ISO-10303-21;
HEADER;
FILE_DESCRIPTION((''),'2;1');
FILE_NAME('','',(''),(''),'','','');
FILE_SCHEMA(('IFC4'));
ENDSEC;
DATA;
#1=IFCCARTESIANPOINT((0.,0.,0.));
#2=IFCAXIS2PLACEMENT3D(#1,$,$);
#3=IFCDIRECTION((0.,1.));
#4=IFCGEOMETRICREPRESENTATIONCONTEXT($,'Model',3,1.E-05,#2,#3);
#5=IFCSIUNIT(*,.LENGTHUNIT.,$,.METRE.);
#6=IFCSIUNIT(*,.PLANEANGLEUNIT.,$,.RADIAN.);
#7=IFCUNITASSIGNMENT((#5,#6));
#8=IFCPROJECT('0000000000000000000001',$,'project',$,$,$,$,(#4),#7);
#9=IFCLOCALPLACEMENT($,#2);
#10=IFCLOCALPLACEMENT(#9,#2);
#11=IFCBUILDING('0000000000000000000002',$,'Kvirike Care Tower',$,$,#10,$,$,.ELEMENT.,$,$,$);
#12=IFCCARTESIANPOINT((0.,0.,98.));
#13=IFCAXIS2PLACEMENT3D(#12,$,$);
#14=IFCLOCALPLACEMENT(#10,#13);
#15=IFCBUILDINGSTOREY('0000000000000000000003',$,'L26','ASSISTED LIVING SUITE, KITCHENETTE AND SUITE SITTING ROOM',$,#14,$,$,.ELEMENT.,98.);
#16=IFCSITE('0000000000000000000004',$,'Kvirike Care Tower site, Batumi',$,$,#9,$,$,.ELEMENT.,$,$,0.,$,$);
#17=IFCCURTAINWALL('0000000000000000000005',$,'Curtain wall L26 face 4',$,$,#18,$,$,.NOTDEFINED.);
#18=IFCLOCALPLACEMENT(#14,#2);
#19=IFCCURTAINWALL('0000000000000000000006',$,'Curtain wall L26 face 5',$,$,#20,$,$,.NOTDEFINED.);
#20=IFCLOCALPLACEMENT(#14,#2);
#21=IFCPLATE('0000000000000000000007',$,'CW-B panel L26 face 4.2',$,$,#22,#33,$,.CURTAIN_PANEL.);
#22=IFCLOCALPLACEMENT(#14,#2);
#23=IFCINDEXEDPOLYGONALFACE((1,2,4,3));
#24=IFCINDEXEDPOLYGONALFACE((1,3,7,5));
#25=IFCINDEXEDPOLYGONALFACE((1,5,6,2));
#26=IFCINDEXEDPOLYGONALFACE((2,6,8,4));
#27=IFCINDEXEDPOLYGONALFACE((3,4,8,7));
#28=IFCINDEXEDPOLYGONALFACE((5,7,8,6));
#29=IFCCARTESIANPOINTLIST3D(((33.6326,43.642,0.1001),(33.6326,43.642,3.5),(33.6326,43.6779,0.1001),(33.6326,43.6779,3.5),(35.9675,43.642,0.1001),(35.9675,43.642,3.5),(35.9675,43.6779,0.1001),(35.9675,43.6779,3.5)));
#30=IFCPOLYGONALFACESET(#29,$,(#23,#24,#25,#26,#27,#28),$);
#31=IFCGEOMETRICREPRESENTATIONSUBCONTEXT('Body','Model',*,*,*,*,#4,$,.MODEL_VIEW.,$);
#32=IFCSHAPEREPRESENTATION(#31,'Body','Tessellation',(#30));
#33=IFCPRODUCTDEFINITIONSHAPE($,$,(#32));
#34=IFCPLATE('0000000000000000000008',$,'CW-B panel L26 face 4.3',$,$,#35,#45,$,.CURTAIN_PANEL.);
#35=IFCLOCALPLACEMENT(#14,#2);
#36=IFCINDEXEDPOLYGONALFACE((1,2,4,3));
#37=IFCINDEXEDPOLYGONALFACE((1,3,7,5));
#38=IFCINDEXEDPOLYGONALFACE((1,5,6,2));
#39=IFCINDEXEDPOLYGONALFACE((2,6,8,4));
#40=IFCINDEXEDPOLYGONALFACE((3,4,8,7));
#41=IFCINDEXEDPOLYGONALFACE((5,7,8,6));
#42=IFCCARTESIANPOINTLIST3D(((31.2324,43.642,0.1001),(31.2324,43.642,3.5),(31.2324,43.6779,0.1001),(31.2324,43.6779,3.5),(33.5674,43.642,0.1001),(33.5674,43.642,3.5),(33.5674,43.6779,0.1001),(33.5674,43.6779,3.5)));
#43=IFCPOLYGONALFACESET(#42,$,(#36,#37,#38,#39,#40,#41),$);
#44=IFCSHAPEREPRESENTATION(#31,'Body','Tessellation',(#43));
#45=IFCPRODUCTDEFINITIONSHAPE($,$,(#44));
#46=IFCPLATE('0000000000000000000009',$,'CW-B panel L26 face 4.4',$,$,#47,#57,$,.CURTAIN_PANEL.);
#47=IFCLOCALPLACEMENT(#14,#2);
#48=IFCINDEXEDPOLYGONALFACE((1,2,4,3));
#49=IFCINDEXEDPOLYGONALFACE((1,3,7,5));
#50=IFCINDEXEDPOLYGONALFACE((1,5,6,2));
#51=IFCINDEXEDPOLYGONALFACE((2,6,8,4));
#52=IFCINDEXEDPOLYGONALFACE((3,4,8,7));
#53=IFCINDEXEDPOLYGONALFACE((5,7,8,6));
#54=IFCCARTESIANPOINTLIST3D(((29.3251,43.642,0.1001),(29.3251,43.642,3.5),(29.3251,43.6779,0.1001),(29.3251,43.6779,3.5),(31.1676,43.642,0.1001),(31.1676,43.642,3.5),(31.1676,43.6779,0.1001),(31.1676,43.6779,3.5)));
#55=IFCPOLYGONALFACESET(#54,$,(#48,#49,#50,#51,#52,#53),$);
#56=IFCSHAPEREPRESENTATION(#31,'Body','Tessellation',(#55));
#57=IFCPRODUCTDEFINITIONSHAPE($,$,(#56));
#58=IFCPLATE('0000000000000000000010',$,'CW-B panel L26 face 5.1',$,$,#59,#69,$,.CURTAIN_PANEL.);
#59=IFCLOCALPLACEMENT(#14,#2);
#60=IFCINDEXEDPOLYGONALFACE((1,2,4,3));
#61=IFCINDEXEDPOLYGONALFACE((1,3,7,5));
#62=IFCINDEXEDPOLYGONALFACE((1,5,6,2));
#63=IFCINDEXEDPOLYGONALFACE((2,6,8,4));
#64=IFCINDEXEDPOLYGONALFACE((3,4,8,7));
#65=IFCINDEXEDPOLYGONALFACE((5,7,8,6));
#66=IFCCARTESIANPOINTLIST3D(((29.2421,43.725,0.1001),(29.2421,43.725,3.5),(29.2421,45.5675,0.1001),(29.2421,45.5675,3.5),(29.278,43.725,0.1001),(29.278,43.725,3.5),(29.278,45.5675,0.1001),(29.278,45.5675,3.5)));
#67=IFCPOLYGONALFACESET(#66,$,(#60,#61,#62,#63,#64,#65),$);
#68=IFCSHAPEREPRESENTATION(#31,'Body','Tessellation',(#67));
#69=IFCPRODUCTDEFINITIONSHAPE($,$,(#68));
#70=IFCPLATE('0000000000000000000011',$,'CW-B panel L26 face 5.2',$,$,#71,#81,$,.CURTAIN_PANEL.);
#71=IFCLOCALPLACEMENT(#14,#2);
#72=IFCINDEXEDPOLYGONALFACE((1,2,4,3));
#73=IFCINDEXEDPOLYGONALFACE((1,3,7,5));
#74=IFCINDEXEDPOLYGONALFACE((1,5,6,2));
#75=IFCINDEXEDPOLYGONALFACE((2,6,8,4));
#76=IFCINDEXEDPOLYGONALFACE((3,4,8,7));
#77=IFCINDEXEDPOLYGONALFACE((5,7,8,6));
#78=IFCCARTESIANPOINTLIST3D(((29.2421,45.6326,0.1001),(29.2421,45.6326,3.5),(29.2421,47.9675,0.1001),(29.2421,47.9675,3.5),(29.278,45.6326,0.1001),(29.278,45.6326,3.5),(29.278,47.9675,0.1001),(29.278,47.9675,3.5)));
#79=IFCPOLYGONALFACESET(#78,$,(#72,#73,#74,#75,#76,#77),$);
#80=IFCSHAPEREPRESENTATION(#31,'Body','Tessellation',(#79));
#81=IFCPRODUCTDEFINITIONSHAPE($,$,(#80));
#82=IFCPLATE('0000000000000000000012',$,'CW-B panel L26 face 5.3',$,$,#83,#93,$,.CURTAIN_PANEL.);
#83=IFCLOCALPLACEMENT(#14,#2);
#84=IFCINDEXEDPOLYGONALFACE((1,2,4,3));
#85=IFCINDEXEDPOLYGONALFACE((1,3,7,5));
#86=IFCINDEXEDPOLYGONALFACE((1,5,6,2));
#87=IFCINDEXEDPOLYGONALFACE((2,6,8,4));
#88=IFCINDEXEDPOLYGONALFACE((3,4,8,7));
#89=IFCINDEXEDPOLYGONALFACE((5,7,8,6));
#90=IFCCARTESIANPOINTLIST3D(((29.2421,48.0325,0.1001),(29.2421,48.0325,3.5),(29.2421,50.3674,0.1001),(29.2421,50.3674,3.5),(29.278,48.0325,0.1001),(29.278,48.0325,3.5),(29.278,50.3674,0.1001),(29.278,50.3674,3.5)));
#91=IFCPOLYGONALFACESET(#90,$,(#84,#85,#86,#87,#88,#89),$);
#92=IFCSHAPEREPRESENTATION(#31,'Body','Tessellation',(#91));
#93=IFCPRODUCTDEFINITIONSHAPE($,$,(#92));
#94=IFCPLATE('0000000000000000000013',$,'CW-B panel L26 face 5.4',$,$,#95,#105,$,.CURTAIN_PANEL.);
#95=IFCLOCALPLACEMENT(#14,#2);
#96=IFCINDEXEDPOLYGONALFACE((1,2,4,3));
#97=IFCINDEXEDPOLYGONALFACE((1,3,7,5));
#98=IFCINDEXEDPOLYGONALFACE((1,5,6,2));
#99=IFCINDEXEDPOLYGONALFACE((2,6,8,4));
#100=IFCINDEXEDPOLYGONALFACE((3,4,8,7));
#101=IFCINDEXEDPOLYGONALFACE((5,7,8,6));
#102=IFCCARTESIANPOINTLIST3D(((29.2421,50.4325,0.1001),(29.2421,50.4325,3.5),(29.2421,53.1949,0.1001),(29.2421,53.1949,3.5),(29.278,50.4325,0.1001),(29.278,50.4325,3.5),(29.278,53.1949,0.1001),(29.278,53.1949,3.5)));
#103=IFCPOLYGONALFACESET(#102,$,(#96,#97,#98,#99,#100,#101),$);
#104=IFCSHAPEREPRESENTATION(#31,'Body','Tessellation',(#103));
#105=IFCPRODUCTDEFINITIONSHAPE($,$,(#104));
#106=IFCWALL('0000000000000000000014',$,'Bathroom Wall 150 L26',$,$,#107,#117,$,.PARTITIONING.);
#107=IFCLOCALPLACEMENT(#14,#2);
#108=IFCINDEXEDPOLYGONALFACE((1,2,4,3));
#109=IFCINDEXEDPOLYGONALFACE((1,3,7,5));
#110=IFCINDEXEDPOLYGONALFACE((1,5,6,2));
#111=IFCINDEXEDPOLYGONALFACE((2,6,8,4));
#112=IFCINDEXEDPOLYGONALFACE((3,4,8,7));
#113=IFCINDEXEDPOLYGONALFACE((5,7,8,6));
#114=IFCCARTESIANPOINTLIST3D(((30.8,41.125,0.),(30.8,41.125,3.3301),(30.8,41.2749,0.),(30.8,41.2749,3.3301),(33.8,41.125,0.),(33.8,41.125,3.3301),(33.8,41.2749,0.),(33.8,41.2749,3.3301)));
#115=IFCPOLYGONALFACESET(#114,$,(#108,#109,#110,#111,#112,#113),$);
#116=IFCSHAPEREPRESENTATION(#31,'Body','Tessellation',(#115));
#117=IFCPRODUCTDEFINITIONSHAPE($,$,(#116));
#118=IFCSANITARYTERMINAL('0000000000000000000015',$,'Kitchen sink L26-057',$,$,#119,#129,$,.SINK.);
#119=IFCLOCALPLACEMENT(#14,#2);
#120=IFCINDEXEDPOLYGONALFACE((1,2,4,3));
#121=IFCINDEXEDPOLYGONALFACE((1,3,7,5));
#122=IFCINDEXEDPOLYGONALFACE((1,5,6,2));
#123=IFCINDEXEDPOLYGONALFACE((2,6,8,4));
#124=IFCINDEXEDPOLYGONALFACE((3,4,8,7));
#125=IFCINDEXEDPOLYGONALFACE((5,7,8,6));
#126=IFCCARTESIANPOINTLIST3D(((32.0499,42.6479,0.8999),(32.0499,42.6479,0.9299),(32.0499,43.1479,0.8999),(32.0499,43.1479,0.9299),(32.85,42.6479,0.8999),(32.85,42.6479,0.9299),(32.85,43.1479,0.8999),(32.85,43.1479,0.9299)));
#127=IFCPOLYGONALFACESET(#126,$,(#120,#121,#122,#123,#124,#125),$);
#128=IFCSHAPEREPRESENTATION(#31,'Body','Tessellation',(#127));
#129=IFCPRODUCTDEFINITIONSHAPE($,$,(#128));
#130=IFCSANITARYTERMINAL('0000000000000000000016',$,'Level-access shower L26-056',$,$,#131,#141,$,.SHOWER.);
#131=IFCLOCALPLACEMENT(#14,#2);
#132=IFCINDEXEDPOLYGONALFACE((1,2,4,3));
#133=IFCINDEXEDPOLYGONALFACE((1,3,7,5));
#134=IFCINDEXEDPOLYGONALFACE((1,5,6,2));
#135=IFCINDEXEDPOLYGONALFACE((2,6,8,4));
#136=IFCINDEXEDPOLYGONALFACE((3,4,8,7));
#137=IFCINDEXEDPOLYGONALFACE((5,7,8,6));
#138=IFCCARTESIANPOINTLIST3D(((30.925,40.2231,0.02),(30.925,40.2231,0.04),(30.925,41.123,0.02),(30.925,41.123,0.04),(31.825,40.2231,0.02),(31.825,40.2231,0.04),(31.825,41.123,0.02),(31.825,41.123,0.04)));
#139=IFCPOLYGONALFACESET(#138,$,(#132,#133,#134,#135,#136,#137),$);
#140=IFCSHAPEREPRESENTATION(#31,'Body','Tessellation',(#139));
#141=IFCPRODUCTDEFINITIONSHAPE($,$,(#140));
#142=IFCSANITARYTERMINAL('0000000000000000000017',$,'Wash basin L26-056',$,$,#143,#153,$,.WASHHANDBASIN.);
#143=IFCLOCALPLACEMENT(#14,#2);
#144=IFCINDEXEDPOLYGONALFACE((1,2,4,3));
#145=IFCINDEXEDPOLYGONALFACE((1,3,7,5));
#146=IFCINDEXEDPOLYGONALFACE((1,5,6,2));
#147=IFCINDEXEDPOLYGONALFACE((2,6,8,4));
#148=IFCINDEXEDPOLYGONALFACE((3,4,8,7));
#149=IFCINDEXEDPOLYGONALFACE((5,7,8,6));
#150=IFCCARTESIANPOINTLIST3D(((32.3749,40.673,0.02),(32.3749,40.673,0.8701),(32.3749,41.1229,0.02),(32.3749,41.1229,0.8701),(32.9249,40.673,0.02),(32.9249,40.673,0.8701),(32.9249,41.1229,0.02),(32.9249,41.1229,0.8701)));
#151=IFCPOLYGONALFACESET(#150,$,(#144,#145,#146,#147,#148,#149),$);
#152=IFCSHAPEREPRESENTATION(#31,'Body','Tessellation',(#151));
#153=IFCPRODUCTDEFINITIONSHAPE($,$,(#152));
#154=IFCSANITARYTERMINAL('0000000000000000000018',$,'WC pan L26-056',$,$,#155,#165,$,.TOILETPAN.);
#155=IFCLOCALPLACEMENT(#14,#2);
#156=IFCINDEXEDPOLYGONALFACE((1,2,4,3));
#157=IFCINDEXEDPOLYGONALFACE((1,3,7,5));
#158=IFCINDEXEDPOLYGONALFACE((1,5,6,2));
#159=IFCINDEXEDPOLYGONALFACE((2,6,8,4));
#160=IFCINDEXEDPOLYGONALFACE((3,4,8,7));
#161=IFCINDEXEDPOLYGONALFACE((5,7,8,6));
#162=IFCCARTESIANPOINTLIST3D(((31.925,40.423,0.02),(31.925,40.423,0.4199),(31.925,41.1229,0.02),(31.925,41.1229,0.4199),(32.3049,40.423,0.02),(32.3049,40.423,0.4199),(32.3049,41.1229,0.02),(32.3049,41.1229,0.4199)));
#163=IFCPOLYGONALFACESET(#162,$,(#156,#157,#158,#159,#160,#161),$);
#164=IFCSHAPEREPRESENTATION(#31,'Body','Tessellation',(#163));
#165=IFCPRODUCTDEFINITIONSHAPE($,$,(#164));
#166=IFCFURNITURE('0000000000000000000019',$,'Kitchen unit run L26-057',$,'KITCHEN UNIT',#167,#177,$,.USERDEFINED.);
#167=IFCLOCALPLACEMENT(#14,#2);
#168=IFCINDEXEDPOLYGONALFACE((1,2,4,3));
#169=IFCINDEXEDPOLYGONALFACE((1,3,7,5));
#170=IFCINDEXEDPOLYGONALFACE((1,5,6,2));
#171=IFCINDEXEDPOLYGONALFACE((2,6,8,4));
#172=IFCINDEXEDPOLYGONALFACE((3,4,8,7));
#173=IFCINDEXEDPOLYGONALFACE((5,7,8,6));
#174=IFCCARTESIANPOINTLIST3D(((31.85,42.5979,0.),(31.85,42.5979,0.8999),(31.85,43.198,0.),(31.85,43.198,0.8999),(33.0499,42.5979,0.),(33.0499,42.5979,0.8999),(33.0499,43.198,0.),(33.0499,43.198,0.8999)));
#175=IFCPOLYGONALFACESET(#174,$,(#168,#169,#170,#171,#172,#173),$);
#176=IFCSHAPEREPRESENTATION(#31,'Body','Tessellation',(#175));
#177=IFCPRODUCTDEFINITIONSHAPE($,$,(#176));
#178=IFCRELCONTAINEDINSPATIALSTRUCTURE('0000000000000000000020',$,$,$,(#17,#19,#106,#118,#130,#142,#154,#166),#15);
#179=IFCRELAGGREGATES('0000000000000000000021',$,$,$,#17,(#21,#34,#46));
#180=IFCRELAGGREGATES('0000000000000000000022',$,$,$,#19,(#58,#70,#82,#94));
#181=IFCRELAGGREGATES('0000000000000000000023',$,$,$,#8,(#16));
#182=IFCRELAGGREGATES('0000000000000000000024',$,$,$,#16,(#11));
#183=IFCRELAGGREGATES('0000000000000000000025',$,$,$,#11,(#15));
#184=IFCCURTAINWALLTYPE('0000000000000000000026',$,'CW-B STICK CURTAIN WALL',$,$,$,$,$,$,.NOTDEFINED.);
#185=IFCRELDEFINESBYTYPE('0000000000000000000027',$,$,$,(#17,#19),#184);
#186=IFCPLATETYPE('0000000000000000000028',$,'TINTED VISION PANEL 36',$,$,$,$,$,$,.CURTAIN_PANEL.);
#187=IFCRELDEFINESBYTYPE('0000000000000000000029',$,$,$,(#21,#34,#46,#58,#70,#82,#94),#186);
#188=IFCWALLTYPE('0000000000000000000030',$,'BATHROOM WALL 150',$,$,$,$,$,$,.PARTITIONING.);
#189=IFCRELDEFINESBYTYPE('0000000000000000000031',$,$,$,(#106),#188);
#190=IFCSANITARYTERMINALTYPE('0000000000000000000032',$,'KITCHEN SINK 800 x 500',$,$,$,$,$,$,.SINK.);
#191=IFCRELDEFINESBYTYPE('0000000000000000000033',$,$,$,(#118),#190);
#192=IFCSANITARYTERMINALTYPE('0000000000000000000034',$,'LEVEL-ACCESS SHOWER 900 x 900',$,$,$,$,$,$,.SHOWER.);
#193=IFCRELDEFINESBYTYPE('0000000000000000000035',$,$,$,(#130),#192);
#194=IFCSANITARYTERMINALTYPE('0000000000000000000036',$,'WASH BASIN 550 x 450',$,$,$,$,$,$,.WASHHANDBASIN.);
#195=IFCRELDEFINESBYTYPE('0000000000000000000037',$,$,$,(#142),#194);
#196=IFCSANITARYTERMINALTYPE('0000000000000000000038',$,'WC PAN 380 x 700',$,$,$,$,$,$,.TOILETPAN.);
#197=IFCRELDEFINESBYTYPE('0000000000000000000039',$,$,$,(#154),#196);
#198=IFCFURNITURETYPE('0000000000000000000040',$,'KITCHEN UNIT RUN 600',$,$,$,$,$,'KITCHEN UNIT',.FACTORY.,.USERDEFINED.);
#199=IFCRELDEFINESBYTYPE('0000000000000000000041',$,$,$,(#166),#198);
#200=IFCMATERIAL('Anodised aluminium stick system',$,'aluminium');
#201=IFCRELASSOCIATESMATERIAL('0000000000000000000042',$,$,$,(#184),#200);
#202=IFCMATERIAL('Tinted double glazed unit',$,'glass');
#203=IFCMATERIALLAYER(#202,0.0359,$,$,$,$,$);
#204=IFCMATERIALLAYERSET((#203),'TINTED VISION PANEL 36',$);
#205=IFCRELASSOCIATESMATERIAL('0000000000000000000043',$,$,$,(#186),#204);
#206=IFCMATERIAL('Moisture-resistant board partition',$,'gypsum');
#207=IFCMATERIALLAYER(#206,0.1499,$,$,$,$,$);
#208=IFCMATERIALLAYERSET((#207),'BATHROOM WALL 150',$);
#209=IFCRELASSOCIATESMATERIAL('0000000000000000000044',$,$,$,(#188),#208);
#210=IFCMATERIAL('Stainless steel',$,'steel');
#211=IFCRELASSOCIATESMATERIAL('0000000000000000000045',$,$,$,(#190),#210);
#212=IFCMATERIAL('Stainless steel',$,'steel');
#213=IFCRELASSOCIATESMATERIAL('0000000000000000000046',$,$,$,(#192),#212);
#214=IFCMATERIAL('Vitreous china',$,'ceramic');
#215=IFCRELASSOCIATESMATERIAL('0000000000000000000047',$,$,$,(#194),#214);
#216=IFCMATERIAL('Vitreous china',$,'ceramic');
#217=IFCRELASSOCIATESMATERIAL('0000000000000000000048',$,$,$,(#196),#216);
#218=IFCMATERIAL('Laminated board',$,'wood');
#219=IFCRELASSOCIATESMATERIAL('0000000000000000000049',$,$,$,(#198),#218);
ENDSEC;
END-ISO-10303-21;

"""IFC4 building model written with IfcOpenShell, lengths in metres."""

from ifc_helpers import new_model, si_unit, direction, frame, frame_2d, origin, origin_2d, place, context, subcontext, project, spatial, rectangle, extrude, material, layer, layer_set, type_object, element, aggregate, save


model = new_model("IFC4")

# Units and contexts
model_context = context("Model", 3, precision=1e-05, world=origin(), true_north=direction((0.0, 1.0)))
body_context = subcontext(model_context, "Body", "Model", "MODEL_VIEW")
ifc_project = project(units=[si_unit("LENGTHUNIT", "METRE"), si_unit("PLANEANGLEUNIT", "RADIAN")], contexts=[model_context])

# Site, building, storey
site_placement = place(None, origin())
site = spatial("IfcSite", under=ifc_project, at=site_placement, Name="Kvirike Care Tower site, Batumi", CompositionType="ELEMENT", RefElevation=0.0)
building_placement = place(site_placement, origin())
building = spatial("IfcBuilding", under=site, at=building_placement, Name="Kvirike Care Tower", CompositionType="ELEMENT")
storey_placement = place(building_placement, frame((0.0, 0.0, 98.0)))
storey = spatial("IfcBuildingStorey", under=building, at=storey_placement, Name="L26", Description="ASSISTED LIVING SUITE, KITCHENETTE AND SUITE SITTING ROOM", CompositionType="ELEMENT", Elevation=98.0)

# Curtain walls
ifc_material_1 = material(Name="Anodised aluminium stick system", Category="aluminium")
curtain_wall_type = type_object("IfcCurtainWallType", Name="CW-B STICK CURTAIN WALL", PredefinedType="NOTDEFINED", material=ifc_material_1)
curtain_wall_1_placement = place(storey_placement, origin())
curtain_wall_1 = element("IfcCurtainWall", 1, at=curtain_wall_1_placement, inside=storey, type_object=curtain_wall_type, Name="Curtain wall L26 face 4", PredefinedType="NOTDEFINED")
curtain_wall_2_placement = place(storey_placement, origin())
curtain_wall_2 = element("IfcCurtainWall", 2, at=curtain_wall_2_placement, inside=storey, type_object=curtain_wall_type, Name="Curtain wall L26 face 5", PredefinedType="NOTDEFINED")

# Plates
ifc_material_2 = material(Name="Tinted double glazed unit", Category="glass")
ifc_layer_1 = layer(ifc_material_2, 0.0359)
ifc_layer_set_1 = layer_set([ifc_layer_1], Name="TINTED VISION PANEL 36")
plate_type = type_object("IfcPlateType", Name="TINTED VISION PANEL 36", PredefinedType="CURTAIN_PANEL", material=ifc_layer_set_1)
plate_1_placement = place(storey_placement, frame((34.8, 43.6599, 0.1001), z_axis=(0.0, 0.0, 1.0), x_axis=(-1.0, 0.0, 0.0)))
plate_1 = element("IfcPlate", 3, at=plate_1_placement, type_object=plate_type, Name="CW-B panel L26 face 4.2", PredefinedType="CURTAIN_PANEL", context=body_context, shape_type="SweptSolid", body=[
    extrude(rectangle(XDim=2.335, YDim=0.0359, at=origin_2d()), origin(), (0.0, 0.0, 1.0), 3.3999),
])
plate_2_placement = place(storey_placement, frame((32.3999, 43.6599, 0.1001), z_axis=(0.0, 0.0, 1.0), x_axis=(-1.0, 0.0, 0.0)))
plate_2 = element("IfcPlate", 4, at=plate_2_placement, type_object=plate_type, Name="CW-B panel L26 face 4.3", PredefinedType="CURTAIN_PANEL", context=body_context, shape_type="SweptSolid", body=[
    extrude(rectangle(XDim=2.335, YDim=0.0359, at=origin_2d()), origin(), (0.0, 0.0, 1.0), 3.3999),
])
plate_3_placement = place(storey_placement, frame((30.2463, 43.6599, 0.1001), z_axis=(0.0, 0.0, 1.0), x_axis=(-1.0, 0.0, 0.0)))
plate_3 = element("IfcPlate", 5, at=plate_3_placement, type_object=plate_type, Name="CW-B panel L26 face 4.4", PredefinedType="CURTAIN_PANEL", context=body_context, shape_type="SweptSolid", body=[
    extrude(rectangle(XDim=1.8425, YDim=0.0359, at=origin_2d()), origin(), (0.0, 0.0, 1.0), 3.3999),
])
aggregate(curtain_wall_1, [plate_1, plate_2, plate_3])
plate_4_placement = place(storey_placement, frame((29.26, 44.6462, 0.1001), z_axis=(0.0, 0.0, 1.0), x_axis=(0.0, 1.0, 0.0)))
plate_4 = element("IfcPlate", 6, at=plate_4_placement, type_object=plate_type, Name="CW-B panel L26 face 5.1", PredefinedType="CURTAIN_PANEL", context=body_context, shape_type="SweptSolid", body=[
    extrude(rectangle(XDim=1.8425, YDim=0.0359, at=origin_2d()), origin(), (0.0, 0.0, 1.0), 3.3999),
])
plate_5_placement = place(storey_placement, frame((29.26, 46.8, 0.1001), z_axis=(0.0, 0.0, 1.0), x_axis=(0.0, 1.0, 0.0)))
plate_5 = element("IfcPlate", 7, at=plate_5_placement, type_object=plate_type, Name="CW-B panel L26 face 5.2", PredefinedType="CURTAIN_PANEL", context=body_context, shape_type="SweptSolid", body=[
    extrude(rectangle(XDim=2.335, YDim=0.0359, at=origin_2d()), origin(), (0.0, 0.0, 1.0), 3.3999),
])
plate_6_placement = place(storey_placement, frame((29.26, 49.2, 0.1001), z_axis=(0.0, 0.0, 1.0), x_axis=(0.0, 1.0, 0.0)))
plate_6 = element("IfcPlate", 8, at=plate_6_placement, type_object=plate_type, Name="CW-B panel L26 face 5.3", PredefinedType="CURTAIN_PANEL", context=body_context, shape_type="SweptSolid", body=[
    extrude(rectangle(XDim=2.335, YDim=0.0359, at=origin_2d()), origin(), (0.0, 0.0, 1.0), 3.3999),
])
plate_7_placement = place(storey_placement, frame((29.26, 51.8137, 0.1001), z_axis=(0.0, 0.0, 1.0), x_axis=(0.0, 1.0, 0.0)))
plate_7 = element("IfcPlate", 9, at=plate_7_placement, type_object=plate_type, Name="CW-B panel L26 face 5.4", PredefinedType="CURTAIN_PANEL", context=body_context, shape_type="SweptSolid", body=[
    extrude(rectangle(XDim=2.7625, YDim=0.0359, at=origin_2d()), origin(), (0.0, 0.0, 1.0), 3.3999),
])
aggregate(curtain_wall_2, [plate_4, plate_5, plate_6, plate_7])

# Wall
ifc_material_3 = material(Name="Moisture-resistant board partition", Category="gypsum")
ifc_layer_2 = layer(ifc_material_3, 0.1499)
ifc_layer_set_2 = layer_set([ifc_layer_2], Name="BATHROOM WALL 150")
wall_type = type_object("IfcWallType", Name="BATHROOM WALL 150", PredefinedType="PARTITIONING", material=ifc_layer_set_2)
wall_placement = place(storey_placement, frame((33.8, 41.2, 0.0), z_axis=(0.0, 0.0, 1.0), x_axis=(-1.0, 0.0, 0.0)))
element("IfcWall", 10, at=wall_placement, inside=storey, type_object=wall_type, Name="Bathroom Wall 150 L26", PredefinedType="PARTITIONING", context=body_context, shape_type="SweptSolid", body=[
    extrude(rectangle(XDim=3.0, YDim=0.1499, at=frame_2d((1.5, 0.0))), origin(), (0.0, 0.0, 1.0), 3.3301),
])

# Sanitary terminals
ifc_material_4 = material(Name="Stainless steel", Category="steel")
sanitary_terminal_type_1 = type_object("IfcSanitaryTerminalType", Name="KITCHEN SINK 800 x 500", PredefinedType="SINK", material=ifc_material_4)
sanitary_terminal_1_placement = place(storey_placement, frame((32.45, 42.8979, 0.8999), z_axis=(0.0, 0.0, 1.0), x_axis=(1.0, 0.0, 0.0)))
element("IfcSanitaryTerminal", 11, at=sanitary_terminal_1_placement, inside=storey, type_object=sanitary_terminal_type_1, Name="Kitchen sink L26-057", PredefinedType="SINK", context=body_context, shape_type="SweptSolid", body=[
    extrude(rectangle(XDim=0.8, YDim=0.5, at=origin_2d()), origin(), (0.0, 0.0, 1.0), 0.03),
])
ifc_material_5 = material(Name="Stainless steel", Category="steel")
sanitary_terminal_type_2 = type_object("IfcSanitaryTerminalType", Name="LEVEL-ACCESS SHOWER 900 x 900", PredefinedType="SHOWER", material=ifc_material_5)
sanitary_terminal_2_placement = place(storey_placement, frame((31.375, 40.6731, 0.02), z_axis=(0.0, 0.0, 1.0), x_axis=(1.0, 0.0, 0.0)))
element("IfcSanitaryTerminal", 12, at=sanitary_terminal_2_placement, inside=storey, type_object=sanitary_terminal_type_2, Name="Level-access shower L26-056", PredefinedType="SHOWER", context=body_context, shape_type="SweptSolid", body=[
    extrude(rectangle(XDim=0.8999, YDim=0.8999, at=origin_2d()), origin(), (0.0, 0.0, 1.0), 0.02),
])
ifc_material_6 = material(Name="Vitreous china", Category="ceramic")
sanitary_terminal_type_3 = type_object("IfcSanitaryTerminalType", Name="WASH BASIN 550 x 450", PredefinedType="WASHHANDBASIN", material=ifc_material_6)
sanitary_terminal_3_placement = place(storey_placement, frame((32.6499, 40.8979, 0.02), z_axis=(0.0, 0.0, 1.0), x_axis=(1.0, 0.0, 0.0)))
element("IfcSanitaryTerminal", 13, at=sanitary_terminal_3_placement, inside=storey, type_object=sanitary_terminal_type_3, Name="Wash basin L26-056", PredefinedType="WASHHANDBASIN", context=body_context, shape_type="SweptSolid", body=[
    extrude(rectangle(XDim=0.55, YDim=0.45, at=origin_2d()), origin(), (0.0, 0.0, 1.0), 0.8501),
])
ifc_material_7 = material(Name="Vitreous china", Category="ceramic")
sanitary_terminal_type_4 = type_object("IfcSanitaryTerminalType", Name="WC PAN 380 x 700", PredefinedType="TOILETPAN", material=ifc_material_7)
sanitary_terminal_4_placement = place(storey_placement, frame((32.115, 40.7729, 0.02), z_axis=(0.0, 0.0, 1.0), x_axis=(1.0, 0.0, 0.0)))
element("IfcSanitaryTerminal", 14, at=sanitary_terminal_4_placement, inside=storey, type_object=sanitary_terminal_type_4, Name="WC pan L26-056", PredefinedType="TOILETPAN", context=body_context, shape_type="SweptSolid", body=[
    extrude(rectangle(XDim=0.3799, YDim=0.7, at=origin_2d()), origin(), (0.0, 0.0, 1.0), 0.3999),
])

# Furniture
ifc_material_8 = material(Name="Laminated board", Category="wood")
furniture_type = type_object("IfcFurnitureType", Name="KITCHEN UNIT RUN 600", ElementType="KITCHEN UNIT", AssemblyPlace="FACTORY", PredefinedType="USERDEFINED", material=ifc_material_8)
furniture_placement = place(storey_placement, frame((32.45, 42.8979, 0.0), z_axis=(0.0, 0.0, 1.0), x_axis=(1.0, 0.0, 0.0)))
element("IfcFurniture", 15, at=furniture_placement, inside=storey, type_object=furniture_type, Name="Kitchen unit run L26-057", ObjectType="KITCHEN UNIT", PredefinedType="USERDEFINED", context=body_context, shape_type="SweptSolid", body=[
    extrude(rectangle(XDim=1.2, YDim=0.6001, at=origin_2d()), origin(), (0.0, 0.0, 1.0), 0.8999),
])

save(model, "model.ifc")
